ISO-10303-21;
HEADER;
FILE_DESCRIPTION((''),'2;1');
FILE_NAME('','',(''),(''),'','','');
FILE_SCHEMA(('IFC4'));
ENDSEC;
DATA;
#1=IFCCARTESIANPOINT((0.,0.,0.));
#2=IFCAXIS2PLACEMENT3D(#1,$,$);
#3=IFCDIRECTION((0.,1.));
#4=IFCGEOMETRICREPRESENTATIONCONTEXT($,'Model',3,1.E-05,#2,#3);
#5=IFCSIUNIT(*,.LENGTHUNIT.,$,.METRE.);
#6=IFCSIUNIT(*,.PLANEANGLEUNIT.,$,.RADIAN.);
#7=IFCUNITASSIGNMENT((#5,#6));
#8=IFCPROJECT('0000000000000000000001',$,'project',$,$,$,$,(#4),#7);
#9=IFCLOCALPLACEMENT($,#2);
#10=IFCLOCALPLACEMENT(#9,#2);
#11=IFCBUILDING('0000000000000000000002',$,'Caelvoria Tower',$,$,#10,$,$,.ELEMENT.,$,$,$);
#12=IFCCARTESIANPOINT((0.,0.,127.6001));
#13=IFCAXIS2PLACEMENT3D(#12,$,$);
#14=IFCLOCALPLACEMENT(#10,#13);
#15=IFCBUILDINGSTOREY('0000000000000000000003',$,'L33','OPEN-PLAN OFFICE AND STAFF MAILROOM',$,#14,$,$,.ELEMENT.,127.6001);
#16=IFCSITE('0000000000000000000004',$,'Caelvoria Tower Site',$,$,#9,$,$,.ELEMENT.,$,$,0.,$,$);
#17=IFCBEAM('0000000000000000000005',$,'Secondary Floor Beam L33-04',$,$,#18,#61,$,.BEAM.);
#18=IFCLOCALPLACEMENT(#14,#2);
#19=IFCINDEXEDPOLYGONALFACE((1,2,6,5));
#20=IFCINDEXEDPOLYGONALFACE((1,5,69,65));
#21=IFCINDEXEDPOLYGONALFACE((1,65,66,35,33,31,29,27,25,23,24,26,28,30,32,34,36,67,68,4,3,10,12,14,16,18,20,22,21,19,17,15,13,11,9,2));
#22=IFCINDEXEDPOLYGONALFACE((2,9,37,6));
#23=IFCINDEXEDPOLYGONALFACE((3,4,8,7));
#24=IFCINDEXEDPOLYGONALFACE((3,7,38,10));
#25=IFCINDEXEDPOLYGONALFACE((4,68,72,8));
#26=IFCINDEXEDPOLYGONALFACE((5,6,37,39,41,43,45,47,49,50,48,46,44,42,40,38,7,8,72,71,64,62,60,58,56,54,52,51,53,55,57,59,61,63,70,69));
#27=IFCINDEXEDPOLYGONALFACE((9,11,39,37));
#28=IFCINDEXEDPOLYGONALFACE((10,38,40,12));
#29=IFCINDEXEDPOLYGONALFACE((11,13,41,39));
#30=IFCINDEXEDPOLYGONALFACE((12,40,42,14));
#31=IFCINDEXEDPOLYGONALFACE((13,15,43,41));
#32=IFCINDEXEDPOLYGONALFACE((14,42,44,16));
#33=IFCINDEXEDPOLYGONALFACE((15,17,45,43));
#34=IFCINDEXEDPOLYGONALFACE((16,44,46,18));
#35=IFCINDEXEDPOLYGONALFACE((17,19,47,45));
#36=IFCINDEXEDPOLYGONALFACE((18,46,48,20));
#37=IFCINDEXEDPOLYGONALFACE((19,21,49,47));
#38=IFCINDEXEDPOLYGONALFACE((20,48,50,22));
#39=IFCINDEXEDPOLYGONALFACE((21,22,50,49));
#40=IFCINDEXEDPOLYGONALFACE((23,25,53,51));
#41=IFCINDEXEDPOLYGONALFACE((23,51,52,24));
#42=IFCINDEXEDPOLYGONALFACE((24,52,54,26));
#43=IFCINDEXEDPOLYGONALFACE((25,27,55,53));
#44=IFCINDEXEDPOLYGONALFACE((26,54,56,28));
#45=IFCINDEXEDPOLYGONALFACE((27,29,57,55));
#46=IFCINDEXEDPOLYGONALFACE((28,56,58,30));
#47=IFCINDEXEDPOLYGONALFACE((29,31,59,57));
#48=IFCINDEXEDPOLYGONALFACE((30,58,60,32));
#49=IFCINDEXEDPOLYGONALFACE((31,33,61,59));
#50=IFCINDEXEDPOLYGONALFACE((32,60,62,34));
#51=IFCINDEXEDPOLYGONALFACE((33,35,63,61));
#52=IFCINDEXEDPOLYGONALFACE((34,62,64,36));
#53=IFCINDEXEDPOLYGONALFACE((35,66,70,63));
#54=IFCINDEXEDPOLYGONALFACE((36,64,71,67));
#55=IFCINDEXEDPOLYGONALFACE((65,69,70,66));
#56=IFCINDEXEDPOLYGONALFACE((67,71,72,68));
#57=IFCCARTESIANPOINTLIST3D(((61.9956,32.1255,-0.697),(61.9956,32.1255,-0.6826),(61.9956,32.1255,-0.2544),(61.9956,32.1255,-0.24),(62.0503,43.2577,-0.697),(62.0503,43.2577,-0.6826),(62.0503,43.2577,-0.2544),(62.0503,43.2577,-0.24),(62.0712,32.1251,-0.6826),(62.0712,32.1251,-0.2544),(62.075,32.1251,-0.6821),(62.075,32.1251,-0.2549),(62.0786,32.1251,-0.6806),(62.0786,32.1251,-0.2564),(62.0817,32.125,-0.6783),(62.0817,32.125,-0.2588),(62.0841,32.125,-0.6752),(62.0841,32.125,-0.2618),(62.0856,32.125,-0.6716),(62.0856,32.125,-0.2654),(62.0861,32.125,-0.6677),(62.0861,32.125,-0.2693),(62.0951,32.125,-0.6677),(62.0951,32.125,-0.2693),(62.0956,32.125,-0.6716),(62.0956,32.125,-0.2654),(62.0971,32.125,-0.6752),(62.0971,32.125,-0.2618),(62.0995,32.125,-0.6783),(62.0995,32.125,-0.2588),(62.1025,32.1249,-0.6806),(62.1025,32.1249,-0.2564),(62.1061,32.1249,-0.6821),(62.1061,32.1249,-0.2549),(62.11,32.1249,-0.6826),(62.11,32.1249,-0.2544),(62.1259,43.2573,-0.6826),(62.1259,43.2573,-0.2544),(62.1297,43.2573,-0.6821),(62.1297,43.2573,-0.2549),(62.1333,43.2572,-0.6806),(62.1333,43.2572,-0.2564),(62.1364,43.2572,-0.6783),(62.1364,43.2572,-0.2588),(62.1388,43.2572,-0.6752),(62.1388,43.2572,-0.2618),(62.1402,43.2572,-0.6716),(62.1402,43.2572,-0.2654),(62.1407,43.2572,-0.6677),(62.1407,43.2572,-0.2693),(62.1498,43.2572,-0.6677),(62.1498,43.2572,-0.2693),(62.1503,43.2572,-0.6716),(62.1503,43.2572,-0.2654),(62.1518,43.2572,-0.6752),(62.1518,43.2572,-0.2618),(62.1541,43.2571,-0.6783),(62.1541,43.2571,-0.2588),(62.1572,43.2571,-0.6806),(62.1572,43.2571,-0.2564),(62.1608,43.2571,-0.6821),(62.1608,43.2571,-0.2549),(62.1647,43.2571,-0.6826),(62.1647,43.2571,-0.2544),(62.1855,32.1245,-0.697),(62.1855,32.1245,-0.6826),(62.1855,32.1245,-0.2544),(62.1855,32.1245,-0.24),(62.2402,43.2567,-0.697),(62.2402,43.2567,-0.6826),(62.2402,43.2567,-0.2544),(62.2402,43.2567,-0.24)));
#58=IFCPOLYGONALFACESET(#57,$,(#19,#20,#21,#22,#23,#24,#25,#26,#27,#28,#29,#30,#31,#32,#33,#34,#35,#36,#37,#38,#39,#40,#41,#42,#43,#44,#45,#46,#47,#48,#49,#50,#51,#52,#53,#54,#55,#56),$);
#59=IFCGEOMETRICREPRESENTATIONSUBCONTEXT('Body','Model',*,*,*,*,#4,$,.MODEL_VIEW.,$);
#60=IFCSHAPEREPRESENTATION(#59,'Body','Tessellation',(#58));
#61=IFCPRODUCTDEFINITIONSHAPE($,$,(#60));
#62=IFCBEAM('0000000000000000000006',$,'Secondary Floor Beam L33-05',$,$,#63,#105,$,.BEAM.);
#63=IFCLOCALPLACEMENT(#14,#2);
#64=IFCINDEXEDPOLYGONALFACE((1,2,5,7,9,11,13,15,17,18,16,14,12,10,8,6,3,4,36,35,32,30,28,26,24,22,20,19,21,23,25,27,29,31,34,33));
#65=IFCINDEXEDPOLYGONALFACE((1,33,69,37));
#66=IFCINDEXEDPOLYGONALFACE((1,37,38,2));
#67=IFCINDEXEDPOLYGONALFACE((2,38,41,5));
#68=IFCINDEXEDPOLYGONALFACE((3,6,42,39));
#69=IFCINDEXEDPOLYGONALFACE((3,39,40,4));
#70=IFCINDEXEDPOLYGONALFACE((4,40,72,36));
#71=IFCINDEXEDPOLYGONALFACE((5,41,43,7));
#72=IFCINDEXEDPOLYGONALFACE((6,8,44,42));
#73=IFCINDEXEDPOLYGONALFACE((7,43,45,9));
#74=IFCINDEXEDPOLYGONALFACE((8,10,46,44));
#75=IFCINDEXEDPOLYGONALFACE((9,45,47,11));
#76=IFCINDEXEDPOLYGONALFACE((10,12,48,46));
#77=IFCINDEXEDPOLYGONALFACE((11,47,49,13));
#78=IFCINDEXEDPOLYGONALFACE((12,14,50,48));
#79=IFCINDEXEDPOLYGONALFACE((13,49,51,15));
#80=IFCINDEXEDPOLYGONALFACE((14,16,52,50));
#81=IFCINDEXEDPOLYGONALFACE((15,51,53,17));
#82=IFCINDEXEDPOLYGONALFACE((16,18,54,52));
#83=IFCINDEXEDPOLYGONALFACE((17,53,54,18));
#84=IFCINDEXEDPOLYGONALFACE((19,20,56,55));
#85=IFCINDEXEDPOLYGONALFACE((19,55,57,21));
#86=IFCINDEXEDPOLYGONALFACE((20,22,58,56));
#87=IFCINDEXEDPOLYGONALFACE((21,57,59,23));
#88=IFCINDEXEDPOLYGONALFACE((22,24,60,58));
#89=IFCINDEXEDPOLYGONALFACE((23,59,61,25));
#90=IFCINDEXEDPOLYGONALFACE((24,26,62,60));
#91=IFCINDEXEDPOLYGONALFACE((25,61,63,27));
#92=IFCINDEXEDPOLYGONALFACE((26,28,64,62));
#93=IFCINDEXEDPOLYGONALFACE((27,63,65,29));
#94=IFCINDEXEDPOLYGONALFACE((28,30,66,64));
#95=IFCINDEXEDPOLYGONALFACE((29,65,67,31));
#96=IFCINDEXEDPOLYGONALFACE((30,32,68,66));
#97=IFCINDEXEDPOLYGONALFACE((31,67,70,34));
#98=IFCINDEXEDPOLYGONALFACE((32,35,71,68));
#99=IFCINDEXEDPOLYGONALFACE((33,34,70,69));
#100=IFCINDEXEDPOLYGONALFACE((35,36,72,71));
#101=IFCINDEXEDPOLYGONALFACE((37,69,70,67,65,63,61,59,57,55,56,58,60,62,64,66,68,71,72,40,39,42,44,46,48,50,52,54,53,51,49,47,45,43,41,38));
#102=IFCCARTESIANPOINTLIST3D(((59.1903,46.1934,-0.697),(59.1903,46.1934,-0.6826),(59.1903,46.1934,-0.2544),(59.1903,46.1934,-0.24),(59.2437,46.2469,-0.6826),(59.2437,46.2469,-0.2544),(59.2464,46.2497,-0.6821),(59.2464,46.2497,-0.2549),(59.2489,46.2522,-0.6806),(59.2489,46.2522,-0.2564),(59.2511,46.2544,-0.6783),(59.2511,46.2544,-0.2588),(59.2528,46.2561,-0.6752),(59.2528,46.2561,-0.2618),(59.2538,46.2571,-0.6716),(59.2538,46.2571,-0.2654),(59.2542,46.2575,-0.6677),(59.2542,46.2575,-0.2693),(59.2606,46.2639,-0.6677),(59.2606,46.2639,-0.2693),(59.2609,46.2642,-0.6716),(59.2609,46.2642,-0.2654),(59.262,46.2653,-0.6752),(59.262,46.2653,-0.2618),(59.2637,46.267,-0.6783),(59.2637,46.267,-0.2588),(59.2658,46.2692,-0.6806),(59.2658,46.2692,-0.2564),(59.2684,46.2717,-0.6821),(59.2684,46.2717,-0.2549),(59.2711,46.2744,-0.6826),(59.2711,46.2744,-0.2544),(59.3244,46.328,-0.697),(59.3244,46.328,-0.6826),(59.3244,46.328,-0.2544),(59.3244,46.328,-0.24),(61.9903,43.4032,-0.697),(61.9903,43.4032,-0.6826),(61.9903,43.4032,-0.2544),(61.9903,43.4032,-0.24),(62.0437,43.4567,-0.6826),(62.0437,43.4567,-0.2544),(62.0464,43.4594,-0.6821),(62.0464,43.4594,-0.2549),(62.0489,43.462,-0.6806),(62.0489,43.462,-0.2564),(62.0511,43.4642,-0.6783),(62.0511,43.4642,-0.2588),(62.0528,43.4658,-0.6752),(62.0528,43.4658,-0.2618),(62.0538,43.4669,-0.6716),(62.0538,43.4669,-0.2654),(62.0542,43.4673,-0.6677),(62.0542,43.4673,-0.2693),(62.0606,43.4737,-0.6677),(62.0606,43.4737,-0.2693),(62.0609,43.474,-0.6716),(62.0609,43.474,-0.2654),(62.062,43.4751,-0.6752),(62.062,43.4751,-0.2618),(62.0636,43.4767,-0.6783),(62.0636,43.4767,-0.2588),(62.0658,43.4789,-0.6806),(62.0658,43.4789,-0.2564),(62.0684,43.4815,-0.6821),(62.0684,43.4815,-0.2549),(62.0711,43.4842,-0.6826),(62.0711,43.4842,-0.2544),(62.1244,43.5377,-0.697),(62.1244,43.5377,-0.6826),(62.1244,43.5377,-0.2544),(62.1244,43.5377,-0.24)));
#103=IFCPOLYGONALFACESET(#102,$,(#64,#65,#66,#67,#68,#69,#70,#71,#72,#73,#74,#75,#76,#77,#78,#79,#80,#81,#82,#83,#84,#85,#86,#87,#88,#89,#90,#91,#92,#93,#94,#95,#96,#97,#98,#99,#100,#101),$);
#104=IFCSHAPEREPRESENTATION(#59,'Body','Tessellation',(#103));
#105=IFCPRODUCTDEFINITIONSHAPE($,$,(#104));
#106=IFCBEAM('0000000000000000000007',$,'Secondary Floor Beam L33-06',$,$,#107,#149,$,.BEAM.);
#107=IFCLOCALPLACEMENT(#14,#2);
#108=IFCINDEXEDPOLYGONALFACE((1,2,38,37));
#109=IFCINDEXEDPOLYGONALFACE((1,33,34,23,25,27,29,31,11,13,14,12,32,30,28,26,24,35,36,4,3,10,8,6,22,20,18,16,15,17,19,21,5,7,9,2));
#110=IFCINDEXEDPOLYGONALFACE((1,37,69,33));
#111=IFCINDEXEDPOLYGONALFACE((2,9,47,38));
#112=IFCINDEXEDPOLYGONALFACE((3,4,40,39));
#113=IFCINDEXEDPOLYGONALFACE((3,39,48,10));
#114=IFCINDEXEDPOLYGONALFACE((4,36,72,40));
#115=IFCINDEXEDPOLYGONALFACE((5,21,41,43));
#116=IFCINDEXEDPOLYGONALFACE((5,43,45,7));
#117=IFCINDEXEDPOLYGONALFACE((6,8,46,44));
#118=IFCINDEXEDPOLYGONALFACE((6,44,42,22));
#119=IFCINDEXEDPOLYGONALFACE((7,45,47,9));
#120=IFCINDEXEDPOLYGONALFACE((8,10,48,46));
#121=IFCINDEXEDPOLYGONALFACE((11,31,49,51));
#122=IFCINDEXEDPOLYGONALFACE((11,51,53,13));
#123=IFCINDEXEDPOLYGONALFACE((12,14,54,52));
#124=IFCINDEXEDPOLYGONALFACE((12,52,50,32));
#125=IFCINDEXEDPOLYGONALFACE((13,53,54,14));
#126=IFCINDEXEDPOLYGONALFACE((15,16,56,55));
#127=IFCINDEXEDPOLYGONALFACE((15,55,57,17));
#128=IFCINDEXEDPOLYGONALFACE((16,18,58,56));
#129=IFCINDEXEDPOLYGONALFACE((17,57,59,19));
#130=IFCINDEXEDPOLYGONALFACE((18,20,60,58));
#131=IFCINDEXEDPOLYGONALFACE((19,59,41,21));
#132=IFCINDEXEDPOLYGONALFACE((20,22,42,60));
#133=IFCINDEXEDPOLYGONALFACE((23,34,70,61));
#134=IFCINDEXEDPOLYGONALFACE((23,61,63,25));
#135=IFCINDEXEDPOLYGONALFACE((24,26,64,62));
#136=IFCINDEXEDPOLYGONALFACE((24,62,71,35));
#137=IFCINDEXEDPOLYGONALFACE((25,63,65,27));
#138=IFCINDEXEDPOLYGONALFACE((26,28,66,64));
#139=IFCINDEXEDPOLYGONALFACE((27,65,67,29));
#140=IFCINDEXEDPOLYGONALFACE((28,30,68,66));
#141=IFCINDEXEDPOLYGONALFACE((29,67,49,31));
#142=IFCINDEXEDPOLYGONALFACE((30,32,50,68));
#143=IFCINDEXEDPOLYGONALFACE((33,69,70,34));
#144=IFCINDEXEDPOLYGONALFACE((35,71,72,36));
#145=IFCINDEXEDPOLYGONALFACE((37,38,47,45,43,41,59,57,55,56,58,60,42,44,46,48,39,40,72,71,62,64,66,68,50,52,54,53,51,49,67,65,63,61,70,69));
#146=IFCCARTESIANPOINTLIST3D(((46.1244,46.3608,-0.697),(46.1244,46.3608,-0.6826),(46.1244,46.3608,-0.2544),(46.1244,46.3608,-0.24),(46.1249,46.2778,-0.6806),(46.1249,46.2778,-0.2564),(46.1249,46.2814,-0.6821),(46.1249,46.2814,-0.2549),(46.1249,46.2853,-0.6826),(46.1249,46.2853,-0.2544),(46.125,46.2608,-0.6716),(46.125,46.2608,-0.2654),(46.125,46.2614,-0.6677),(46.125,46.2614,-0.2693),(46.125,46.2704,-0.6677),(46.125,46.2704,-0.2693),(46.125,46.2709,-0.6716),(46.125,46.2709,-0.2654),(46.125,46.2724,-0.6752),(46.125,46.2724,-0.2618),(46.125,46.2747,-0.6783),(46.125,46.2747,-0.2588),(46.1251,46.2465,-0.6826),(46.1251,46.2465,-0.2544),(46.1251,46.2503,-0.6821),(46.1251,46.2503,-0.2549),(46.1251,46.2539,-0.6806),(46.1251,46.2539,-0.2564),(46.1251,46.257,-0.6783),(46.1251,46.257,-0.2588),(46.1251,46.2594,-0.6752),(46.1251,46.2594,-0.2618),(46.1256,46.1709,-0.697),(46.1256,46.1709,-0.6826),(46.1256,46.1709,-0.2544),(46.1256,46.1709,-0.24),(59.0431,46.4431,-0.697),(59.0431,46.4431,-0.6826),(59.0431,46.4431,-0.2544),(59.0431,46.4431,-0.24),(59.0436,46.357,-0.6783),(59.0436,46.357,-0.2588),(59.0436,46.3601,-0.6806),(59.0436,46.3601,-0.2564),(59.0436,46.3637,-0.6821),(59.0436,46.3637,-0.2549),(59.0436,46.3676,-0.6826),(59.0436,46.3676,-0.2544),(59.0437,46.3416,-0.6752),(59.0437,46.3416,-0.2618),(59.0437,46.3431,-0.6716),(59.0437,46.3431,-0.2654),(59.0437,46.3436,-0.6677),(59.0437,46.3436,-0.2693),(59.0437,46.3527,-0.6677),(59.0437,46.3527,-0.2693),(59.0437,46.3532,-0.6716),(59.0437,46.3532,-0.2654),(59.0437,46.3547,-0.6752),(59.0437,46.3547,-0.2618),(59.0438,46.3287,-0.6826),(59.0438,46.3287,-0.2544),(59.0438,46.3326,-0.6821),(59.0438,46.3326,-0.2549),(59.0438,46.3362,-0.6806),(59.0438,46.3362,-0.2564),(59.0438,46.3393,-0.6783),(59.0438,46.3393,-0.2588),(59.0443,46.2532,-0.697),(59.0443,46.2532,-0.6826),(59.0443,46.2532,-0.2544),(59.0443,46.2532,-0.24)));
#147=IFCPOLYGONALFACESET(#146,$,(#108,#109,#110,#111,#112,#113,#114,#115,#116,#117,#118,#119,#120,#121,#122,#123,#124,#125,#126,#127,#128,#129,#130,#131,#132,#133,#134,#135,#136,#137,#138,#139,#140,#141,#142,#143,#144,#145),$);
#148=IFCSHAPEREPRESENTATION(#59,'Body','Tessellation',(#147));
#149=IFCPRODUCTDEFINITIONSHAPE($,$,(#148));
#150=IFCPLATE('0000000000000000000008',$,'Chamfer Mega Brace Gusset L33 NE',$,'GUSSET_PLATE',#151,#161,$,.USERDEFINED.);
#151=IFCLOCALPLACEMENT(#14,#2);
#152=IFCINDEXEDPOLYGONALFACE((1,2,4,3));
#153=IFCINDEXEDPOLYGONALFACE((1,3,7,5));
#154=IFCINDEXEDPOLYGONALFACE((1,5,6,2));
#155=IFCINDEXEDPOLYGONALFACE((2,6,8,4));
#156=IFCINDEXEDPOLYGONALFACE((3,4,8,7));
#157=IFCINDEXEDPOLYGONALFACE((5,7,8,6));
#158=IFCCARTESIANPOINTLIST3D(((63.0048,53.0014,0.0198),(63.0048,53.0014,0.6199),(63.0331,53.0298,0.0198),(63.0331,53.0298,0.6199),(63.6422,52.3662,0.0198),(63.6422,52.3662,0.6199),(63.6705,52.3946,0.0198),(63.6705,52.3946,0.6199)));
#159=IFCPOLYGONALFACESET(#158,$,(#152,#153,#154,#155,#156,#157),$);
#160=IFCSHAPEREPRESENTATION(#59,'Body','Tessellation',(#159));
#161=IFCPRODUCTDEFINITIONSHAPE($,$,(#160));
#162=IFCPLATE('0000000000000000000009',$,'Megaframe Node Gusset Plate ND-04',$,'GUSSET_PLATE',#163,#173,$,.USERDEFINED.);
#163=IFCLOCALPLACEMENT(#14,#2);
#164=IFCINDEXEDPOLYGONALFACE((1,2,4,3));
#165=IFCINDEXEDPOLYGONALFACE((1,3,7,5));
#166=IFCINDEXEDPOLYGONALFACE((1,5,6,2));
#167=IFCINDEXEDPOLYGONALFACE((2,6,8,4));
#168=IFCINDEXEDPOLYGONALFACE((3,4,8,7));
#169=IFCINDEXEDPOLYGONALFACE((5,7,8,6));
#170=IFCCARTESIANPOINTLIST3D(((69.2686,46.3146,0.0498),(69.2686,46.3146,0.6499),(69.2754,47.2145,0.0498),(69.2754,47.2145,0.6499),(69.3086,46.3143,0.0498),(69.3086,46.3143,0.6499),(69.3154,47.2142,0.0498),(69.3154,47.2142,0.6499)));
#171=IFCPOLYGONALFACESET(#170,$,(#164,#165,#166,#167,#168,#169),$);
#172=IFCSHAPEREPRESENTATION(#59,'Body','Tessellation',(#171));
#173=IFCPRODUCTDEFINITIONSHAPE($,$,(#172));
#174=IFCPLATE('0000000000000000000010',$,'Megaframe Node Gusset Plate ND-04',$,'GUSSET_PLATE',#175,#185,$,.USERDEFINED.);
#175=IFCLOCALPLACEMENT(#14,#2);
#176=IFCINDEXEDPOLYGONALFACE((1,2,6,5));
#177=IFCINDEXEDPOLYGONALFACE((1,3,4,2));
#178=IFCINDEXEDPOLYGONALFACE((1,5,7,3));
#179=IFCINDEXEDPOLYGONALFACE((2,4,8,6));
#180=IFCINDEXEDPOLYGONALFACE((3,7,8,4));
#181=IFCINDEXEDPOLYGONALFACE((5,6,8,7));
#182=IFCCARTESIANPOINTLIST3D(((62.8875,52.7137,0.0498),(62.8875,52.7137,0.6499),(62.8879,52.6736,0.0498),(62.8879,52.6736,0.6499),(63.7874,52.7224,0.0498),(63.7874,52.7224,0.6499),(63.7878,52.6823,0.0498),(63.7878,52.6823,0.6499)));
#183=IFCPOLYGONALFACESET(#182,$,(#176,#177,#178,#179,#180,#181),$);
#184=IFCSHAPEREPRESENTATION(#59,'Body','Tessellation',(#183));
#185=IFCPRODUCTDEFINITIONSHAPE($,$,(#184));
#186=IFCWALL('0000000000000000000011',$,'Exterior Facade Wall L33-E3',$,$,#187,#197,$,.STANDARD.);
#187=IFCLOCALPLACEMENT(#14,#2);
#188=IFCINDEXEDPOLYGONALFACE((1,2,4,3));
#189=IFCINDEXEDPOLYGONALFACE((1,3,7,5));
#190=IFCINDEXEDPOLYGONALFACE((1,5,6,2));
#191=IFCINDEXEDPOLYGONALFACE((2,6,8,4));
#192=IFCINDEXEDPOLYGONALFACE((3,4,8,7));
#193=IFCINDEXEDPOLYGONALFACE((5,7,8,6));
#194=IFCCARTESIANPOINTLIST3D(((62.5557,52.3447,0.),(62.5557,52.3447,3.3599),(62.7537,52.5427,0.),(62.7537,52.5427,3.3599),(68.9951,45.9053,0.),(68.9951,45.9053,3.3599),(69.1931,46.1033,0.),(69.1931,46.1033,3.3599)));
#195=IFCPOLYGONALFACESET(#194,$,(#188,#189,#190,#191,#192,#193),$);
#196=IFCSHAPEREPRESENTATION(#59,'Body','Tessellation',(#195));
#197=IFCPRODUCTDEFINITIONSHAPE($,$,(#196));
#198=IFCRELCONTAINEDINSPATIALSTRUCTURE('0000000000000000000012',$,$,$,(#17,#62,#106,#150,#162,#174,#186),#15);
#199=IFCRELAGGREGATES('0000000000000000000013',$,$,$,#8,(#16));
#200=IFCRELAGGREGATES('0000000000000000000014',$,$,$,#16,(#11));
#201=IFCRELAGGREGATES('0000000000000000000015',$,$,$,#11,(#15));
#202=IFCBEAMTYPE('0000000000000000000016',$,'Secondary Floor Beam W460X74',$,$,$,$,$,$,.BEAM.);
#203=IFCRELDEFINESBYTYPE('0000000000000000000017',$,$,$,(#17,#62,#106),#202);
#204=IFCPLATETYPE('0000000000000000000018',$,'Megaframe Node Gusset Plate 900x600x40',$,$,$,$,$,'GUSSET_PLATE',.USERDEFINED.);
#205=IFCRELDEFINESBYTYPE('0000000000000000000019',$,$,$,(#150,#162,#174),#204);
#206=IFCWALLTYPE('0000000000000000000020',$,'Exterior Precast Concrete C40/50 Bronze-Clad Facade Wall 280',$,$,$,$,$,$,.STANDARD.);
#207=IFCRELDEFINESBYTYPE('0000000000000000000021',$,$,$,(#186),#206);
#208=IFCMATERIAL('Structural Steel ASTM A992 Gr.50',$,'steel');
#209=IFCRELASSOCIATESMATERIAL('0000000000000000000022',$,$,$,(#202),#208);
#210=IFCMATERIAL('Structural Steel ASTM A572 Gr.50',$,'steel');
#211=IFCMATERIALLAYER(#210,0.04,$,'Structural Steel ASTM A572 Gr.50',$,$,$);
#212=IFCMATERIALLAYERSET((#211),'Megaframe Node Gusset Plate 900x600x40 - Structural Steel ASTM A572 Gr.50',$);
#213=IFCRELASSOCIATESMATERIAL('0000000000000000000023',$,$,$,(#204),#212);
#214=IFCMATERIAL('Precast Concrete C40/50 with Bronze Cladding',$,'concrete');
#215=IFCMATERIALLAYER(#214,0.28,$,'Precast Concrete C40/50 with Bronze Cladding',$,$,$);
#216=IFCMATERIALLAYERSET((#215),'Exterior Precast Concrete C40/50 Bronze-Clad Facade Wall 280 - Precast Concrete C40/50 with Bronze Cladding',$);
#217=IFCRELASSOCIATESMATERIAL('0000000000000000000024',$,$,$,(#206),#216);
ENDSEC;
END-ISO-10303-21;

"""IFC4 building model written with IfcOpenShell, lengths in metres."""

from ifc_helpers import new_model, si_unit, direction, frame, frame_2d, origin, origin_2d, place, context, subcontext, project, spatial, rectangle, i_section, extrude, material, layer, layer_set, material_profile, profile_set, type_object, element, save


model = new_model("IFC4")

# Units and contexts
model_context = context("Model", 3, precision=1e-05, world=origin(), true_north=direction((0.0, 1.0)))
body_context = subcontext(model_context, "Body", "Model", "MODEL_VIEW")
ifc_project = project(units=[si_unit("LENGTHUNIT", "METRE"), si_unit("PLANEANGLEUNIT", "RADIAN")], contexts=[model_context])

# Site, building, storey
site_placement = place(None, origin())
site = spatial("IfcSite", under=ifc_project, at=site_placement, Name="Caelvoria Tower Site", CompositionType="ELEMENT", RefElevation=0.0)
building_placement = place(site_placement, origin())
building = spatial("IfcBuilding", under=site, at=building_placement, Name="Caelvoria Tower", CompositionType="ELEMENT")
storey_placement = place(building_placement, frame((0.0, 0.0, 127.6001)))
storey = spatial("IfcBuildingStorey", under=building, at=storey_placement, Name="L33", Description="OPEN-PLAN OFFICE AND STAFF MAILROOM", CompositionType="ELEMENT", Elevation=127.6001)

# Shared definitions
ifc_material_1 = material(Name="Structural Steel ASTM A572 Gr.50", Category="steel")

# Beams
ifc_material_2 = material(Name="Structural Steel ASTM A992 Gr.50", Category="steel")
ifc_material_profile_1 = material_profile(ifc_material_2, i_section(OverallWidth=0.1899, OverallDepth=0.457, WebThickness=0.009, FlangeThickness=0.0144, FilletRadius=0.0149, at=origin_2d()), Name="Structural Steel ASTM A992 Gr.50")
ifc_profile_set_1 = profile_set([ifc_material_profile_1], Name="W460X74 - Structural Steel ASTM A992 Gr.50")
beam_type_1 = type_object("IfcBeamType", Name="Secondary Floor Beam W460X74", PredefinedType="BEAM", material=ifc_profile_set_1)
beam_1_placement = place(storey_placement, frame((62.0906, 32.125, -0.4685), z_axis=(0.004913, 0.999988, 0.0), x_axis=(-0.999988, 0.004913, 0.0)))
element("IfcBeam", 1, at=beam_1_placement, inside=storey, type_object=beam_type_1, Name="Secondary Floor Beam L33-04", PredefinedType="BEAM", context=body_context, shape_type="SweptSolid", body=[
    extrude(i_section(OverallWidth=0.1899, OverallDepth=0.457, WebThickness=0.009, FlangeThickness=0.0144, FilletRadius=0.0149, at=origin_2d()), origin(), (0.0, 0.0, 1.0), 11.1323),
])
beam_2_placement = place(storey_placement, frame((62.0574, 43.4705, -0.4685), z_axis=(-0.708341, 0.70587, 0.0), x_axis=(-0.70587, -0.708341, 0.0)))
element("IfcBeam", 2, at=beam_2_placement, inside=storey, type_object=beam_type_1, Name="Secondary Floor Beam L33-05", PredefinedType="BEAM", context=body_context, shape_type="SweptSolid", body=[
    extrude(i_section(OverallWidth=0.1899, OverallDepth=0.457, WebThickness=0.009, FlangeThickness=0.0144, FilletRadius=0.0149, at=origin_2d()), origin(), (0.0, 0.0, 1.0), 3.9529),
])
beam_3_placement = place(storey_placement, frame((59.0437, 46.3481, -0.4685), z_axis=(-0.99998, -0.006369, 0.0), x_axis=(0.006369, -0.99998, 0.0)))
element("IfcBeam", 3, at=beam_3_placement, inside=storey, type_object=beam_type_1, Name="Secondary Floor Beam L33-06", PredefinedType="BEAM", context=body_context, shape_type="SweptSolid", body=[
    extrude(i_section(OverallWidth=0.1899, OverallDepth=0.457, WebThickness=0.009, FlangeThickness=0.0144, FilletRadius=0.0149, at=origin_2d()), origin(), (0.0, 0.0, 1.0), 12.9189),
])

# Plates
ifc_layer_1 = layer(ifc_material_1, 0.04, Name="Structural Steel ASTM A572 Gr.50")
ifc_layer_set_1 = layer_set([ifc_layer_1], Name="Megaframe Node Gusset Plate 900x600x40 - Structural Steel ASTM A572 Gr.50")
plate_type = type_object("IfcPlateType", Name="Megaframe Node Gusset Plate 900x600x40", ElementType="GUSSET_PLATE", PredefinedType="USERDEFINED", material=ifc_layer_set_1)
for number, where, z_axis, x_axis, name in (
    (4, (63.3376, 52.698, 0.0198), (0.0, 0.0, 1.0), (0.708331, -0.70588, 0.0), "Chamfer Mega Brace Gusset L33 NE"),
    (5, (69.292, 46.7644, 0.0498), (0.0, 0.0, 1.0), (-0.007578, -0.999971, 0.0), "Megaframe Node Gusset Plate ND-04"),
    (6, (63.3376, 52.698, 0.0498), (0.0, 0.0, 1.0), (-0.999953, -0.009695, 0.0), "Megaframe Node Gusset Plate ND-04"),
):
    element("IfcPlate", number, at=place(storey_placement, frame(where, z_axis=z_axis, x_axis=x_axis)), inside=storey, type_object=plate_type, Name=name, ObjectType="GUSSET_PLATE", PredefinedType="USERDEFINED", context=body_context, shape_type="SweptSolid", body=[
        extrude(rectangle(XDim=0.8999, YDim=0.04, at=origin_2d()), origin(), (0.0, 0.0, 1.0), 0.6001),
    ])

# Wall
ifc_material_3 = material(Name="Precast Concrete C40/50 with Bronze Cladding", Category="concrete")
ifc_layer_2 = layer(ifc_material_3, 0.28, Name="Precast Concrete C40/50 with Bronze Cladding")
ifc_layer_set_2 = layer_set([ifc_layer_2], Name="Exterior Precast Concrete C40/50 Bronze-Clad Facade Wall 280 - Precast Concrete C40/50 with Bronze Cladding")
wall_type_1 = type_object("IfcWallType", Name="Exterior Precast Concrete C40/50 Bronze-Clad Facade Wall 280", PredefinedType="STANDARD", material=ifc_layer_set_2)
wall_1_placement = place(storey_placement, frame((69.094, 46.0044, 0.0), z_axis=(0.0, 0.0, 1.0), x_axis=(-0.707107, 0.707107, 0.0)))
element("IfcWall", 7, at=wall_1_placement, inside=storey, type_object=wall_type_1, Name="Exterior Facade Wall L33-E3", PredefinedType="STANDARD", context=body_context, shape_type="SweptSolid", body=[
    extrude(rectangle(XDim=9.1067, YDim=0.28, at=frame_2d((4.5532, 0.0))), origin(), (0.0, 0.0, 1.0), 3.3599),
])

save(model, "model.ifc")
